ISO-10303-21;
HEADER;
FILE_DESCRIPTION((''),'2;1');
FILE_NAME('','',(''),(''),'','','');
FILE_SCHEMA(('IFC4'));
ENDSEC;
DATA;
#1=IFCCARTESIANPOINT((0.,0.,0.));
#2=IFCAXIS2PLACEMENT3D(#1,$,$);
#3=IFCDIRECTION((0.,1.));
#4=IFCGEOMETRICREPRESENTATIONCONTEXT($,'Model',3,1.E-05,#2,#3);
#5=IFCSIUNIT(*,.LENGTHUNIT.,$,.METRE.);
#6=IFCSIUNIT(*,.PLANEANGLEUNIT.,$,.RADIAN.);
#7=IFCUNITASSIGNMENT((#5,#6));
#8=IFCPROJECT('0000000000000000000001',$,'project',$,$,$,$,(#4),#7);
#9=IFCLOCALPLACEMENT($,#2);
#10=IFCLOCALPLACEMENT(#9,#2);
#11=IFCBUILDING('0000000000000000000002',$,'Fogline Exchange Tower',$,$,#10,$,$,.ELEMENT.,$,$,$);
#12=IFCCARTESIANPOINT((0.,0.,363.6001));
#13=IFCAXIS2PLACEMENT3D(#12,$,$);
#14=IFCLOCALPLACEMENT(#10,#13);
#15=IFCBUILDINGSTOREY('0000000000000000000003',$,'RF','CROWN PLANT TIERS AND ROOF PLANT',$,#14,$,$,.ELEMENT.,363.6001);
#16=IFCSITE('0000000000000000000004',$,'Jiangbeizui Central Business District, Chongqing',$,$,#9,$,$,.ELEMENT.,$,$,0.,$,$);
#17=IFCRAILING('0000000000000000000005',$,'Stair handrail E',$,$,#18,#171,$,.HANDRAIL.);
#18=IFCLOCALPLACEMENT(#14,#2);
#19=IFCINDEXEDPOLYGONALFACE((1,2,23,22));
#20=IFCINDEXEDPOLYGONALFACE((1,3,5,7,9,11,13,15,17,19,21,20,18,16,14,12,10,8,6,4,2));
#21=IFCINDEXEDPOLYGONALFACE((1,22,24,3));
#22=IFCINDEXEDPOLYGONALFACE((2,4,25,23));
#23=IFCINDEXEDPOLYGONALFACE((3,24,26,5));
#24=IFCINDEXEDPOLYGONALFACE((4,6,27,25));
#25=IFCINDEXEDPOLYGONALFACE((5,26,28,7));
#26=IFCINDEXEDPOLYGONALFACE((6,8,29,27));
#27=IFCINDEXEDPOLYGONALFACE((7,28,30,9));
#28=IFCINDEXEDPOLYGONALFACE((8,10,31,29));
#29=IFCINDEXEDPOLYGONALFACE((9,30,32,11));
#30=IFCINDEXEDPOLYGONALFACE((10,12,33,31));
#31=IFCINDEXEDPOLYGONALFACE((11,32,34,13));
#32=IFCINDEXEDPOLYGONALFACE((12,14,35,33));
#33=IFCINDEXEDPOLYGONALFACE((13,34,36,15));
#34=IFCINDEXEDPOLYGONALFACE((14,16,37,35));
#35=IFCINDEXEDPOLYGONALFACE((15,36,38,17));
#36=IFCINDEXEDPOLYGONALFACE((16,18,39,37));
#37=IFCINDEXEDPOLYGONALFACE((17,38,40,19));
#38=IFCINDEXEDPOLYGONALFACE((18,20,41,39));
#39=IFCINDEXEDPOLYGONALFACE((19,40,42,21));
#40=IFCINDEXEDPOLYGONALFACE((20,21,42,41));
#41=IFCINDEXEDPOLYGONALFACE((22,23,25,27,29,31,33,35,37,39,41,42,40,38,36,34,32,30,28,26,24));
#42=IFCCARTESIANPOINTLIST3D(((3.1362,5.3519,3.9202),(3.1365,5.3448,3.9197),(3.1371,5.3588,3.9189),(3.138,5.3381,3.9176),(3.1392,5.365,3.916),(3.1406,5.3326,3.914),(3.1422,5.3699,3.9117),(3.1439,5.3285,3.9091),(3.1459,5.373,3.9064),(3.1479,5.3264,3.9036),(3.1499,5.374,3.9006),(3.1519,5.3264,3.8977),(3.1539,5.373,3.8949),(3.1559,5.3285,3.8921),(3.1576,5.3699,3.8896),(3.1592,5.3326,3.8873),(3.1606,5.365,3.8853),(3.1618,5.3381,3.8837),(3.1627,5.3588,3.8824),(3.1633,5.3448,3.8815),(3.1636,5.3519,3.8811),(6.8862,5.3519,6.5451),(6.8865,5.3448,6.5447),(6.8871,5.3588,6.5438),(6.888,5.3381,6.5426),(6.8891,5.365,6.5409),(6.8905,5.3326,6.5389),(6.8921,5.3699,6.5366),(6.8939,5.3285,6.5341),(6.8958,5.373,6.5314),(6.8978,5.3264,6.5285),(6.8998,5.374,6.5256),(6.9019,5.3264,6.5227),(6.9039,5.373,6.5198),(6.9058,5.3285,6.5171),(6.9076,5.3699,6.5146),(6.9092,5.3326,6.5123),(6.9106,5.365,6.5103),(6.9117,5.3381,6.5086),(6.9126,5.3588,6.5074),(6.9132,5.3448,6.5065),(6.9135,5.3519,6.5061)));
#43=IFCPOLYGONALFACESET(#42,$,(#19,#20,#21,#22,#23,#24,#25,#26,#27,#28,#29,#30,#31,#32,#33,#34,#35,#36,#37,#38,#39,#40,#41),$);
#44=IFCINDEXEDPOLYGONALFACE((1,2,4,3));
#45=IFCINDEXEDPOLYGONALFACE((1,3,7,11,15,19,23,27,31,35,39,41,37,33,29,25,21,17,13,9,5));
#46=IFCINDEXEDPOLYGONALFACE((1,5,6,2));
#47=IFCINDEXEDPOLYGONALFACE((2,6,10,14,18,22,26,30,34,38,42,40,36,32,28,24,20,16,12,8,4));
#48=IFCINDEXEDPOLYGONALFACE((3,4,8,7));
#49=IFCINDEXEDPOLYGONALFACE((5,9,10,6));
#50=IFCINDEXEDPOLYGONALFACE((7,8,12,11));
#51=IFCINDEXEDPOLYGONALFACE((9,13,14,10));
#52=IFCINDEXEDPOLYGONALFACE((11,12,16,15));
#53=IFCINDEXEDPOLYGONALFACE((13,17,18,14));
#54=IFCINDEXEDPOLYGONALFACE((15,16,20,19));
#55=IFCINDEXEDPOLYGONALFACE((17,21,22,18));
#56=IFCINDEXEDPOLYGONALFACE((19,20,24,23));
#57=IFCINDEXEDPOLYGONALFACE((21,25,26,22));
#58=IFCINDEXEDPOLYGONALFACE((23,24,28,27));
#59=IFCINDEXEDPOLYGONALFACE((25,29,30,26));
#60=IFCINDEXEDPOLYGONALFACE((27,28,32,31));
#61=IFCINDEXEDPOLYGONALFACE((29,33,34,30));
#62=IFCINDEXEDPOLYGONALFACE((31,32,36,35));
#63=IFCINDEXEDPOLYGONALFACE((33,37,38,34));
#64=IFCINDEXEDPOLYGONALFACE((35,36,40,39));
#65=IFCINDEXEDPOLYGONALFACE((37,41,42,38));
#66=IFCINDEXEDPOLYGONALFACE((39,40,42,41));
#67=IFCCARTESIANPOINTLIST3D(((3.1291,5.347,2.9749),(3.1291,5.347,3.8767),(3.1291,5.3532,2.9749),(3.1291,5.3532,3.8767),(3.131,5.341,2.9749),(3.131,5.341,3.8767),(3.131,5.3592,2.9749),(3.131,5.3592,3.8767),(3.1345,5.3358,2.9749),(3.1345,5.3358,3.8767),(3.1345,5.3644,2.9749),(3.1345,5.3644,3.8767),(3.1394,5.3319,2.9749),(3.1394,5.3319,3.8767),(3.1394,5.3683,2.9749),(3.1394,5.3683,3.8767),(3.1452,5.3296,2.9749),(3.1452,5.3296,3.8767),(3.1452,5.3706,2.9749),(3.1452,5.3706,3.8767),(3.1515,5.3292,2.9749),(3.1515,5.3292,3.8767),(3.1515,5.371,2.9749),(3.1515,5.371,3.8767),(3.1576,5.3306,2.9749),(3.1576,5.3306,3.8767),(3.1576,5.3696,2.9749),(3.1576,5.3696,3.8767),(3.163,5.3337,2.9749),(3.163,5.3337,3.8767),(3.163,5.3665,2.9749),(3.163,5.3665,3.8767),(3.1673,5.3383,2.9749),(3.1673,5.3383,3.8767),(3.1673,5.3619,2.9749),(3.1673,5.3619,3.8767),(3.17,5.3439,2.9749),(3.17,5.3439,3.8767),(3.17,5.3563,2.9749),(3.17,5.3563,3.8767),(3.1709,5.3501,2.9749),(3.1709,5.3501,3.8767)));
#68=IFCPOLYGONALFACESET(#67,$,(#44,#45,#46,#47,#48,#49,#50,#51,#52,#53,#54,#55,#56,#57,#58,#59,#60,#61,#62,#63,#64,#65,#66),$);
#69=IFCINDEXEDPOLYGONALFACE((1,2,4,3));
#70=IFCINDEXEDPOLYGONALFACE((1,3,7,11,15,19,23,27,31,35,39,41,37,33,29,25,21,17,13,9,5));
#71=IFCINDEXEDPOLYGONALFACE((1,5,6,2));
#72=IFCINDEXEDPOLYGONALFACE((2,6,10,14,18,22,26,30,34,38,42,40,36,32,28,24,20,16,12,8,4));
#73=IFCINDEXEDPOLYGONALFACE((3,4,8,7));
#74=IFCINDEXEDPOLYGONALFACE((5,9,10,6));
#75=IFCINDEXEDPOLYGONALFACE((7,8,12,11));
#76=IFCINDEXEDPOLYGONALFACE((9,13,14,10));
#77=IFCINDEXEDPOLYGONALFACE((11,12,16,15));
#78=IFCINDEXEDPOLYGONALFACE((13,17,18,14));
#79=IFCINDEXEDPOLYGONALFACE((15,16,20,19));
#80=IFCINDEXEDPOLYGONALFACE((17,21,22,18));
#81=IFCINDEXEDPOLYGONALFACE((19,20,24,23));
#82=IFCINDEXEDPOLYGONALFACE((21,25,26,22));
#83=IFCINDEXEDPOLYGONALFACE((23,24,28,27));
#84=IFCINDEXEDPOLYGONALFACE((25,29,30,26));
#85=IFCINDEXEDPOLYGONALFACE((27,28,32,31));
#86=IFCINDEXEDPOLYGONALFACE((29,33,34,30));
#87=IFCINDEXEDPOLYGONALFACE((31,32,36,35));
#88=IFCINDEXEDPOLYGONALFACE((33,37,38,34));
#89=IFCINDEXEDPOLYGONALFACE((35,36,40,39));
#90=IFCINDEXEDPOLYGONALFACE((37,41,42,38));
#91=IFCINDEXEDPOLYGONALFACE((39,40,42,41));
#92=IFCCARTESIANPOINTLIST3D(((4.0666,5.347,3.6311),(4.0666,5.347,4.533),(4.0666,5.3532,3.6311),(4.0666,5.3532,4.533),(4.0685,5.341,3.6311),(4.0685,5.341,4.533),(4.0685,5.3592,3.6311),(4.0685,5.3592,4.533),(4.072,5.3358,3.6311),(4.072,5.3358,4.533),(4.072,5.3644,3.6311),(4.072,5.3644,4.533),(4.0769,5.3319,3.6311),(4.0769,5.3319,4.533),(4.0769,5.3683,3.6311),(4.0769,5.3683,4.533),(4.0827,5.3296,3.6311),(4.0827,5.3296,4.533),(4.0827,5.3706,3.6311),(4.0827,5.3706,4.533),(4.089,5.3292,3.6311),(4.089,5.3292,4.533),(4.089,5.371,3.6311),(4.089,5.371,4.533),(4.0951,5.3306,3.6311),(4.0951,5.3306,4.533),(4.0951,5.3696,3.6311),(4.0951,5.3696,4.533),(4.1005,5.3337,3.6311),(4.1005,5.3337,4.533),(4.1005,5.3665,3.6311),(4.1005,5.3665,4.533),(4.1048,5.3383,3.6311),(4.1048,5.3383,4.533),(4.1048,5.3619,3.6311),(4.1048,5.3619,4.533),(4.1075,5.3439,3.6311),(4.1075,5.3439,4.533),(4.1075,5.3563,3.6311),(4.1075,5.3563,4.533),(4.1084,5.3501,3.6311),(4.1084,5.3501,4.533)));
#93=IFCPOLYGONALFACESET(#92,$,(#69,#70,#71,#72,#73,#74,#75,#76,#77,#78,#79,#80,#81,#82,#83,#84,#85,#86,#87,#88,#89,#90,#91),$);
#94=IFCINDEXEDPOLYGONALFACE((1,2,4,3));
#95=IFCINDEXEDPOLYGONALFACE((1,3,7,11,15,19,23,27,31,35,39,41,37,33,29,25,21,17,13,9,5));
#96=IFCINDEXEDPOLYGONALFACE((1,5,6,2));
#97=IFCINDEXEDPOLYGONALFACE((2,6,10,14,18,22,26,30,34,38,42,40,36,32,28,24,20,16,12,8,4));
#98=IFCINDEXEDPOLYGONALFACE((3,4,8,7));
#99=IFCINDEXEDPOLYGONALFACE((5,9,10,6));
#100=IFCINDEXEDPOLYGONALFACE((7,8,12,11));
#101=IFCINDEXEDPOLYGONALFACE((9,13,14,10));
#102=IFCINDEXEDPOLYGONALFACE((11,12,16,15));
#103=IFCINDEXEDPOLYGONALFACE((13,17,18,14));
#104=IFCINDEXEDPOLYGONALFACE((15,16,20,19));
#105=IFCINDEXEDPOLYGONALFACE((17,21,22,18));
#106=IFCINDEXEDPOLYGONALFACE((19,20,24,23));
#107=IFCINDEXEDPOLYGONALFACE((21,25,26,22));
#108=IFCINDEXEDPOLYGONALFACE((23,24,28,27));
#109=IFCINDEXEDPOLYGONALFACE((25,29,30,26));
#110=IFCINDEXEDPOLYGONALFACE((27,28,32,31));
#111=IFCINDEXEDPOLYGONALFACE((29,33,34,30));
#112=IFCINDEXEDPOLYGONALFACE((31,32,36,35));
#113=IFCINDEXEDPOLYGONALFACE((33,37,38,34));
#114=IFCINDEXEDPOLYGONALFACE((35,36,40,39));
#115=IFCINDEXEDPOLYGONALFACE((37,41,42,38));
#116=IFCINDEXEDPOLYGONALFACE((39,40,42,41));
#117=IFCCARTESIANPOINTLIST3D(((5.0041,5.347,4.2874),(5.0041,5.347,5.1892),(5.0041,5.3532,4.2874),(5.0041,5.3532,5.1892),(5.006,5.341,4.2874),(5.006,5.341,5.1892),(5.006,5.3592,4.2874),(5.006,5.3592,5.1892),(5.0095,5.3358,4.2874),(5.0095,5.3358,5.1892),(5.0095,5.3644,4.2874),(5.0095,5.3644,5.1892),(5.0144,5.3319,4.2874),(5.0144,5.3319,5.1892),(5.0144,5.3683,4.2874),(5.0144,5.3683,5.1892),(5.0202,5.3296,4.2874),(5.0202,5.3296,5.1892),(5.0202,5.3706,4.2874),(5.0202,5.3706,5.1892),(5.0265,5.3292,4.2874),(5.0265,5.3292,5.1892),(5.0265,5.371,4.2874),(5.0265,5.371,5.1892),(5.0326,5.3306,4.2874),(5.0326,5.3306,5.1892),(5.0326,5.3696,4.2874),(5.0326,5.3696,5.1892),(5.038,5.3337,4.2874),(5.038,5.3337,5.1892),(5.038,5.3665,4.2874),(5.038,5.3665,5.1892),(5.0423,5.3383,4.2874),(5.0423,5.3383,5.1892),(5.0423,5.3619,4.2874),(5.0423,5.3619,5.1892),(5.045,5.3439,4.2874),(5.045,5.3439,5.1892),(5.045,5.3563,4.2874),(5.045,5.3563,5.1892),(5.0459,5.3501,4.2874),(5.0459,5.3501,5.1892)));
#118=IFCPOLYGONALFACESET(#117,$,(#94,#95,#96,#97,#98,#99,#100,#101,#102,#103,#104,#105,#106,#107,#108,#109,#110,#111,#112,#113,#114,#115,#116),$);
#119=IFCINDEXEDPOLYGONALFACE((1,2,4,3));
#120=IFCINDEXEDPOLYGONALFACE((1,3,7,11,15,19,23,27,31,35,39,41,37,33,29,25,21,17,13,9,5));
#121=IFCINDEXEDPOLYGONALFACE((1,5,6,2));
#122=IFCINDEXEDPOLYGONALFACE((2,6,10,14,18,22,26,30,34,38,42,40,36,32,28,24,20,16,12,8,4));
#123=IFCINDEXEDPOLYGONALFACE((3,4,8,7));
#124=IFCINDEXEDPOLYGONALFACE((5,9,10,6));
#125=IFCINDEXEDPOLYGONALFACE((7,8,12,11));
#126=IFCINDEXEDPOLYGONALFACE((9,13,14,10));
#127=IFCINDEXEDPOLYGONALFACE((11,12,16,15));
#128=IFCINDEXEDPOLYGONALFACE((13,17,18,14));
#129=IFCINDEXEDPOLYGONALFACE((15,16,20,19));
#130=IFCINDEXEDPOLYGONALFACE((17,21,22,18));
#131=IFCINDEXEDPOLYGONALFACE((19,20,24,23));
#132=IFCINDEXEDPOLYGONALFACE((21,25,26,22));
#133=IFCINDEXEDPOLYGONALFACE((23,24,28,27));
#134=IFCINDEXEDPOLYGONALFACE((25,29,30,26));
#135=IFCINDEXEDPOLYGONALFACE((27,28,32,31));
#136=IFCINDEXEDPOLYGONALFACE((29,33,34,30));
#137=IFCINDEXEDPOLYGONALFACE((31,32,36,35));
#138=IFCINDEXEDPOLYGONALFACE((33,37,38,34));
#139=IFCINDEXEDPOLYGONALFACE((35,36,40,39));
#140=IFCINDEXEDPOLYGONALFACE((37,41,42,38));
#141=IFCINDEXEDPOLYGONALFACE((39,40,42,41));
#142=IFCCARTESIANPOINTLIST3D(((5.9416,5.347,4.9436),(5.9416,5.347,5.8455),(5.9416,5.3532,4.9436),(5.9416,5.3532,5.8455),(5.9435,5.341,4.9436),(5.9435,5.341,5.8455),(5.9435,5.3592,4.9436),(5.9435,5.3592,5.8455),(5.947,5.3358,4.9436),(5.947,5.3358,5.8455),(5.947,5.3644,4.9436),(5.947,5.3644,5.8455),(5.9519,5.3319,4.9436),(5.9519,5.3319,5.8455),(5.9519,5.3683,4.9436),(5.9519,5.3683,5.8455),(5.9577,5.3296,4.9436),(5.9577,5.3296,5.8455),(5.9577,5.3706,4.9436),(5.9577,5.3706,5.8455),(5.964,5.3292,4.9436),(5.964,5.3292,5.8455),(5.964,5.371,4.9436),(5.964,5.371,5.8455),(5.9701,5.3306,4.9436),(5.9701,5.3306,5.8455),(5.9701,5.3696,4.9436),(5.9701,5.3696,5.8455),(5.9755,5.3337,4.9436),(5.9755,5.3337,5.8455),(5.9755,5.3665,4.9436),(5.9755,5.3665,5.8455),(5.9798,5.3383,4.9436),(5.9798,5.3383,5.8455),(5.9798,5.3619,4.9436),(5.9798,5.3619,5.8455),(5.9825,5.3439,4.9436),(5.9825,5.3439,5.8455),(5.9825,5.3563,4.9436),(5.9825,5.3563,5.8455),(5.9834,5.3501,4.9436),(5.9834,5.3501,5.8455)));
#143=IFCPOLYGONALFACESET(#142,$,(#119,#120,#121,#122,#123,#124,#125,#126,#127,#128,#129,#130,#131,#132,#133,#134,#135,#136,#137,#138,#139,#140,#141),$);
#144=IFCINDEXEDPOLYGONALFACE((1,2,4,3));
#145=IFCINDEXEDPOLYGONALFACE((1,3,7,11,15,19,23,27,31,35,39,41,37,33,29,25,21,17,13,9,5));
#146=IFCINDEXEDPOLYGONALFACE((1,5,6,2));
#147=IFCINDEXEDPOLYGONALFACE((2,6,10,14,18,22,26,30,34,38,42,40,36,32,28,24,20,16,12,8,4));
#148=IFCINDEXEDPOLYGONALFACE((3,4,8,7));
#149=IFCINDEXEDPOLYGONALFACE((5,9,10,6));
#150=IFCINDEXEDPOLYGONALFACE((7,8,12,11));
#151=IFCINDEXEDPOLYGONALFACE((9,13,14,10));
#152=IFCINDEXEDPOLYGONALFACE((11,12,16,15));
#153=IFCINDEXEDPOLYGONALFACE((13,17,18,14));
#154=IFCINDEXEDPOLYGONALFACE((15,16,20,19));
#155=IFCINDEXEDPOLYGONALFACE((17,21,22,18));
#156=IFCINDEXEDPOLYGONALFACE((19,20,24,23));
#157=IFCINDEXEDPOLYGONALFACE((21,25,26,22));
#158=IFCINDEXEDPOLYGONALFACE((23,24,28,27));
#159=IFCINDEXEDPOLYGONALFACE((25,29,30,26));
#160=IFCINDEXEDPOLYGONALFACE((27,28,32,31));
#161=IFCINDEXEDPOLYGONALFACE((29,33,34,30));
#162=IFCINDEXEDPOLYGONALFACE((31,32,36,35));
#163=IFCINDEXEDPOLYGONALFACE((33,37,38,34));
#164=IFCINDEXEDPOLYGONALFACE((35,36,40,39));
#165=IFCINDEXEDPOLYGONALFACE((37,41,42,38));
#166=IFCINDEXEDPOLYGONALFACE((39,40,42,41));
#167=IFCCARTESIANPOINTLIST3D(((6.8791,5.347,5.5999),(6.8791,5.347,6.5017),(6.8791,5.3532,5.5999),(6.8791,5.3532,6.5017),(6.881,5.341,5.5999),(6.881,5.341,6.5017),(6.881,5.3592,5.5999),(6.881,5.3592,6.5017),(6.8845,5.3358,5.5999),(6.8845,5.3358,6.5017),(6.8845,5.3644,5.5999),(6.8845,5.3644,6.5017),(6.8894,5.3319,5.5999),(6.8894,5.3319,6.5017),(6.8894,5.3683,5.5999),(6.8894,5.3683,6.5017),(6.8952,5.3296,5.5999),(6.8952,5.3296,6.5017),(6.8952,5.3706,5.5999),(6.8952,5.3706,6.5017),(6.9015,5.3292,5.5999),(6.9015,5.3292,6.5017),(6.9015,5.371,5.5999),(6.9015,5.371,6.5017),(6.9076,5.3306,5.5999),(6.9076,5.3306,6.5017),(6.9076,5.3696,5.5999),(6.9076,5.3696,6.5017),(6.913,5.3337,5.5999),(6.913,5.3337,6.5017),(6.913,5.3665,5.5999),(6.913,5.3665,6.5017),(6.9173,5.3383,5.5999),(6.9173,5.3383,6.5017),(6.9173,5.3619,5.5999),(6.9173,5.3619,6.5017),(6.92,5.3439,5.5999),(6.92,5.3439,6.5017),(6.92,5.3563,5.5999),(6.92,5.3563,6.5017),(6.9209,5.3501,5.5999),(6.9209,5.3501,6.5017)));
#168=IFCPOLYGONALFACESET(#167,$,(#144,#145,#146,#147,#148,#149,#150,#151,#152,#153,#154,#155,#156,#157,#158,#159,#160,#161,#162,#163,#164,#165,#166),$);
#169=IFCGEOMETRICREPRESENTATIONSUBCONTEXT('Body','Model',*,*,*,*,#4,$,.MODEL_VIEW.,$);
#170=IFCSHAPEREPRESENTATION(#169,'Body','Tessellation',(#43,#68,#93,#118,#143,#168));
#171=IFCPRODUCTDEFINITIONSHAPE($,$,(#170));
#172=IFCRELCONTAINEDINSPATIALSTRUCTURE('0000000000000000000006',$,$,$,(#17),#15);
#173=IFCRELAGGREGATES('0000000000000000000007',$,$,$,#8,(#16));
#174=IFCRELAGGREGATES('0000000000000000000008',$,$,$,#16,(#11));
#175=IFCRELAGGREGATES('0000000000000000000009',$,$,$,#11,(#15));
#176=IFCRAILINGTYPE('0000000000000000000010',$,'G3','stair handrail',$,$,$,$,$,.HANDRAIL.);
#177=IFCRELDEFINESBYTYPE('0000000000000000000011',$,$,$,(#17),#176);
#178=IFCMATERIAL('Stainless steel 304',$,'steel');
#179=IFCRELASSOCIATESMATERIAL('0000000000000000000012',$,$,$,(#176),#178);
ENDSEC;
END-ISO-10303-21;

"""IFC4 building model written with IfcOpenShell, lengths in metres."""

from ifc_helpers import new_model, si_unit, direction, frame, origin, origin_2d, place, context, subcontext, project, spatial, circle, extrude, material, type_object, element, save


model = new_model("IFC4")

# Units and contexts
model_context = context("Model", 3, precision=1e-05, world=origin(), true_north=direction((0.0, 1.0)))
body_context = subcontext(model_context, "Body", "Model", "MODEL_VIEW")
ifc_project = project(units=[si_unit("LENGTHUNIT", "METRE"), si_unit("PLANEANGLEUNIT", "RADIAN")], contexts=[model_context])

# Site, building, storey
site_placement = place(None, origin())
site = spatial("IfcSite", under=ifc_project, at=site_placement, Name="Jiangbeizui Central Business District, Chongqing", CompositionType="ELEMENT", RefElevation=0.0)
building_placement = place(site_placement, origin())
building = spatial("IfcBuilding", under=site, at=building_placement, Name="Fogline Exchange Tower", CompositionType="ELEMENT")
storey_placement = place(building_placement, frame((0.0, 0.0, 363.6001)))
storey = spatial("IfcBuildingStorey", under=building, at=storey_placement, Name="RF", Description="CROWN PLANT TIERS AND ROOF PLANT", CompositionType="ELEMENT", Elevation=363.6001)

# Railing
ifc_material_1 = material(Name="Stainless steel 304", Category="steel")
railing_type_1 = type_object("IfcRailingType", Name="G3", Description="stair handrail", PredefinedType="HANDRAIL", material=ifc_material_1)
for number, where, name in (
    (1, (3.1499, 5.3501, 2.9749), "Stair handrail E"),
):
    element("IfcRailing", number, at=place(storey_placement, frame(where)), inside=storey, type_object=railing_type_1, Name=name, PredefinedType="HANDRAIL", context=body_context, shape_type="SweptSolid", body=[
        extrude(circle(Radius=0.0239, at=origin_2d()), frame((0.0, 0.0, 0.9258), z_axis=(0.819232, 0.0, 0.573462), x_axis=(0.0, 1.0, 0.0)), (0.0, 0.0, 1.0), 4.5774),
        extrude(circle(Radius=0.021, at=origin_2d()), origin(), (0.0, 0.0, 1.0), 0.9019),
        extrude(circle(Radius=0.021, at=origin_2d()), frame((0.9375, 0.0, 0.6562)), (0.0, 0.0, 1.0), 0.9019),
        extrude(circle(Radius=0.021, at=origin_2d()), frame((1.875, 0.0, 1.3125)), (0.0, 0.0, 1.0), 0.9019),
        extrude(circle(Radius=0.021, at=origin_2d()), frame((2.8125, 0.0, 1.9688)), (0.0, 0.0, 1.0), 0.9019),
        extrude(circle(Radius=0.021, at=origin_2d()), frame((3.75, 0.0, 2.625)), (0.0, 0.0, 1.0), 0.9019),
    ])

save(model, "model.ifc")
